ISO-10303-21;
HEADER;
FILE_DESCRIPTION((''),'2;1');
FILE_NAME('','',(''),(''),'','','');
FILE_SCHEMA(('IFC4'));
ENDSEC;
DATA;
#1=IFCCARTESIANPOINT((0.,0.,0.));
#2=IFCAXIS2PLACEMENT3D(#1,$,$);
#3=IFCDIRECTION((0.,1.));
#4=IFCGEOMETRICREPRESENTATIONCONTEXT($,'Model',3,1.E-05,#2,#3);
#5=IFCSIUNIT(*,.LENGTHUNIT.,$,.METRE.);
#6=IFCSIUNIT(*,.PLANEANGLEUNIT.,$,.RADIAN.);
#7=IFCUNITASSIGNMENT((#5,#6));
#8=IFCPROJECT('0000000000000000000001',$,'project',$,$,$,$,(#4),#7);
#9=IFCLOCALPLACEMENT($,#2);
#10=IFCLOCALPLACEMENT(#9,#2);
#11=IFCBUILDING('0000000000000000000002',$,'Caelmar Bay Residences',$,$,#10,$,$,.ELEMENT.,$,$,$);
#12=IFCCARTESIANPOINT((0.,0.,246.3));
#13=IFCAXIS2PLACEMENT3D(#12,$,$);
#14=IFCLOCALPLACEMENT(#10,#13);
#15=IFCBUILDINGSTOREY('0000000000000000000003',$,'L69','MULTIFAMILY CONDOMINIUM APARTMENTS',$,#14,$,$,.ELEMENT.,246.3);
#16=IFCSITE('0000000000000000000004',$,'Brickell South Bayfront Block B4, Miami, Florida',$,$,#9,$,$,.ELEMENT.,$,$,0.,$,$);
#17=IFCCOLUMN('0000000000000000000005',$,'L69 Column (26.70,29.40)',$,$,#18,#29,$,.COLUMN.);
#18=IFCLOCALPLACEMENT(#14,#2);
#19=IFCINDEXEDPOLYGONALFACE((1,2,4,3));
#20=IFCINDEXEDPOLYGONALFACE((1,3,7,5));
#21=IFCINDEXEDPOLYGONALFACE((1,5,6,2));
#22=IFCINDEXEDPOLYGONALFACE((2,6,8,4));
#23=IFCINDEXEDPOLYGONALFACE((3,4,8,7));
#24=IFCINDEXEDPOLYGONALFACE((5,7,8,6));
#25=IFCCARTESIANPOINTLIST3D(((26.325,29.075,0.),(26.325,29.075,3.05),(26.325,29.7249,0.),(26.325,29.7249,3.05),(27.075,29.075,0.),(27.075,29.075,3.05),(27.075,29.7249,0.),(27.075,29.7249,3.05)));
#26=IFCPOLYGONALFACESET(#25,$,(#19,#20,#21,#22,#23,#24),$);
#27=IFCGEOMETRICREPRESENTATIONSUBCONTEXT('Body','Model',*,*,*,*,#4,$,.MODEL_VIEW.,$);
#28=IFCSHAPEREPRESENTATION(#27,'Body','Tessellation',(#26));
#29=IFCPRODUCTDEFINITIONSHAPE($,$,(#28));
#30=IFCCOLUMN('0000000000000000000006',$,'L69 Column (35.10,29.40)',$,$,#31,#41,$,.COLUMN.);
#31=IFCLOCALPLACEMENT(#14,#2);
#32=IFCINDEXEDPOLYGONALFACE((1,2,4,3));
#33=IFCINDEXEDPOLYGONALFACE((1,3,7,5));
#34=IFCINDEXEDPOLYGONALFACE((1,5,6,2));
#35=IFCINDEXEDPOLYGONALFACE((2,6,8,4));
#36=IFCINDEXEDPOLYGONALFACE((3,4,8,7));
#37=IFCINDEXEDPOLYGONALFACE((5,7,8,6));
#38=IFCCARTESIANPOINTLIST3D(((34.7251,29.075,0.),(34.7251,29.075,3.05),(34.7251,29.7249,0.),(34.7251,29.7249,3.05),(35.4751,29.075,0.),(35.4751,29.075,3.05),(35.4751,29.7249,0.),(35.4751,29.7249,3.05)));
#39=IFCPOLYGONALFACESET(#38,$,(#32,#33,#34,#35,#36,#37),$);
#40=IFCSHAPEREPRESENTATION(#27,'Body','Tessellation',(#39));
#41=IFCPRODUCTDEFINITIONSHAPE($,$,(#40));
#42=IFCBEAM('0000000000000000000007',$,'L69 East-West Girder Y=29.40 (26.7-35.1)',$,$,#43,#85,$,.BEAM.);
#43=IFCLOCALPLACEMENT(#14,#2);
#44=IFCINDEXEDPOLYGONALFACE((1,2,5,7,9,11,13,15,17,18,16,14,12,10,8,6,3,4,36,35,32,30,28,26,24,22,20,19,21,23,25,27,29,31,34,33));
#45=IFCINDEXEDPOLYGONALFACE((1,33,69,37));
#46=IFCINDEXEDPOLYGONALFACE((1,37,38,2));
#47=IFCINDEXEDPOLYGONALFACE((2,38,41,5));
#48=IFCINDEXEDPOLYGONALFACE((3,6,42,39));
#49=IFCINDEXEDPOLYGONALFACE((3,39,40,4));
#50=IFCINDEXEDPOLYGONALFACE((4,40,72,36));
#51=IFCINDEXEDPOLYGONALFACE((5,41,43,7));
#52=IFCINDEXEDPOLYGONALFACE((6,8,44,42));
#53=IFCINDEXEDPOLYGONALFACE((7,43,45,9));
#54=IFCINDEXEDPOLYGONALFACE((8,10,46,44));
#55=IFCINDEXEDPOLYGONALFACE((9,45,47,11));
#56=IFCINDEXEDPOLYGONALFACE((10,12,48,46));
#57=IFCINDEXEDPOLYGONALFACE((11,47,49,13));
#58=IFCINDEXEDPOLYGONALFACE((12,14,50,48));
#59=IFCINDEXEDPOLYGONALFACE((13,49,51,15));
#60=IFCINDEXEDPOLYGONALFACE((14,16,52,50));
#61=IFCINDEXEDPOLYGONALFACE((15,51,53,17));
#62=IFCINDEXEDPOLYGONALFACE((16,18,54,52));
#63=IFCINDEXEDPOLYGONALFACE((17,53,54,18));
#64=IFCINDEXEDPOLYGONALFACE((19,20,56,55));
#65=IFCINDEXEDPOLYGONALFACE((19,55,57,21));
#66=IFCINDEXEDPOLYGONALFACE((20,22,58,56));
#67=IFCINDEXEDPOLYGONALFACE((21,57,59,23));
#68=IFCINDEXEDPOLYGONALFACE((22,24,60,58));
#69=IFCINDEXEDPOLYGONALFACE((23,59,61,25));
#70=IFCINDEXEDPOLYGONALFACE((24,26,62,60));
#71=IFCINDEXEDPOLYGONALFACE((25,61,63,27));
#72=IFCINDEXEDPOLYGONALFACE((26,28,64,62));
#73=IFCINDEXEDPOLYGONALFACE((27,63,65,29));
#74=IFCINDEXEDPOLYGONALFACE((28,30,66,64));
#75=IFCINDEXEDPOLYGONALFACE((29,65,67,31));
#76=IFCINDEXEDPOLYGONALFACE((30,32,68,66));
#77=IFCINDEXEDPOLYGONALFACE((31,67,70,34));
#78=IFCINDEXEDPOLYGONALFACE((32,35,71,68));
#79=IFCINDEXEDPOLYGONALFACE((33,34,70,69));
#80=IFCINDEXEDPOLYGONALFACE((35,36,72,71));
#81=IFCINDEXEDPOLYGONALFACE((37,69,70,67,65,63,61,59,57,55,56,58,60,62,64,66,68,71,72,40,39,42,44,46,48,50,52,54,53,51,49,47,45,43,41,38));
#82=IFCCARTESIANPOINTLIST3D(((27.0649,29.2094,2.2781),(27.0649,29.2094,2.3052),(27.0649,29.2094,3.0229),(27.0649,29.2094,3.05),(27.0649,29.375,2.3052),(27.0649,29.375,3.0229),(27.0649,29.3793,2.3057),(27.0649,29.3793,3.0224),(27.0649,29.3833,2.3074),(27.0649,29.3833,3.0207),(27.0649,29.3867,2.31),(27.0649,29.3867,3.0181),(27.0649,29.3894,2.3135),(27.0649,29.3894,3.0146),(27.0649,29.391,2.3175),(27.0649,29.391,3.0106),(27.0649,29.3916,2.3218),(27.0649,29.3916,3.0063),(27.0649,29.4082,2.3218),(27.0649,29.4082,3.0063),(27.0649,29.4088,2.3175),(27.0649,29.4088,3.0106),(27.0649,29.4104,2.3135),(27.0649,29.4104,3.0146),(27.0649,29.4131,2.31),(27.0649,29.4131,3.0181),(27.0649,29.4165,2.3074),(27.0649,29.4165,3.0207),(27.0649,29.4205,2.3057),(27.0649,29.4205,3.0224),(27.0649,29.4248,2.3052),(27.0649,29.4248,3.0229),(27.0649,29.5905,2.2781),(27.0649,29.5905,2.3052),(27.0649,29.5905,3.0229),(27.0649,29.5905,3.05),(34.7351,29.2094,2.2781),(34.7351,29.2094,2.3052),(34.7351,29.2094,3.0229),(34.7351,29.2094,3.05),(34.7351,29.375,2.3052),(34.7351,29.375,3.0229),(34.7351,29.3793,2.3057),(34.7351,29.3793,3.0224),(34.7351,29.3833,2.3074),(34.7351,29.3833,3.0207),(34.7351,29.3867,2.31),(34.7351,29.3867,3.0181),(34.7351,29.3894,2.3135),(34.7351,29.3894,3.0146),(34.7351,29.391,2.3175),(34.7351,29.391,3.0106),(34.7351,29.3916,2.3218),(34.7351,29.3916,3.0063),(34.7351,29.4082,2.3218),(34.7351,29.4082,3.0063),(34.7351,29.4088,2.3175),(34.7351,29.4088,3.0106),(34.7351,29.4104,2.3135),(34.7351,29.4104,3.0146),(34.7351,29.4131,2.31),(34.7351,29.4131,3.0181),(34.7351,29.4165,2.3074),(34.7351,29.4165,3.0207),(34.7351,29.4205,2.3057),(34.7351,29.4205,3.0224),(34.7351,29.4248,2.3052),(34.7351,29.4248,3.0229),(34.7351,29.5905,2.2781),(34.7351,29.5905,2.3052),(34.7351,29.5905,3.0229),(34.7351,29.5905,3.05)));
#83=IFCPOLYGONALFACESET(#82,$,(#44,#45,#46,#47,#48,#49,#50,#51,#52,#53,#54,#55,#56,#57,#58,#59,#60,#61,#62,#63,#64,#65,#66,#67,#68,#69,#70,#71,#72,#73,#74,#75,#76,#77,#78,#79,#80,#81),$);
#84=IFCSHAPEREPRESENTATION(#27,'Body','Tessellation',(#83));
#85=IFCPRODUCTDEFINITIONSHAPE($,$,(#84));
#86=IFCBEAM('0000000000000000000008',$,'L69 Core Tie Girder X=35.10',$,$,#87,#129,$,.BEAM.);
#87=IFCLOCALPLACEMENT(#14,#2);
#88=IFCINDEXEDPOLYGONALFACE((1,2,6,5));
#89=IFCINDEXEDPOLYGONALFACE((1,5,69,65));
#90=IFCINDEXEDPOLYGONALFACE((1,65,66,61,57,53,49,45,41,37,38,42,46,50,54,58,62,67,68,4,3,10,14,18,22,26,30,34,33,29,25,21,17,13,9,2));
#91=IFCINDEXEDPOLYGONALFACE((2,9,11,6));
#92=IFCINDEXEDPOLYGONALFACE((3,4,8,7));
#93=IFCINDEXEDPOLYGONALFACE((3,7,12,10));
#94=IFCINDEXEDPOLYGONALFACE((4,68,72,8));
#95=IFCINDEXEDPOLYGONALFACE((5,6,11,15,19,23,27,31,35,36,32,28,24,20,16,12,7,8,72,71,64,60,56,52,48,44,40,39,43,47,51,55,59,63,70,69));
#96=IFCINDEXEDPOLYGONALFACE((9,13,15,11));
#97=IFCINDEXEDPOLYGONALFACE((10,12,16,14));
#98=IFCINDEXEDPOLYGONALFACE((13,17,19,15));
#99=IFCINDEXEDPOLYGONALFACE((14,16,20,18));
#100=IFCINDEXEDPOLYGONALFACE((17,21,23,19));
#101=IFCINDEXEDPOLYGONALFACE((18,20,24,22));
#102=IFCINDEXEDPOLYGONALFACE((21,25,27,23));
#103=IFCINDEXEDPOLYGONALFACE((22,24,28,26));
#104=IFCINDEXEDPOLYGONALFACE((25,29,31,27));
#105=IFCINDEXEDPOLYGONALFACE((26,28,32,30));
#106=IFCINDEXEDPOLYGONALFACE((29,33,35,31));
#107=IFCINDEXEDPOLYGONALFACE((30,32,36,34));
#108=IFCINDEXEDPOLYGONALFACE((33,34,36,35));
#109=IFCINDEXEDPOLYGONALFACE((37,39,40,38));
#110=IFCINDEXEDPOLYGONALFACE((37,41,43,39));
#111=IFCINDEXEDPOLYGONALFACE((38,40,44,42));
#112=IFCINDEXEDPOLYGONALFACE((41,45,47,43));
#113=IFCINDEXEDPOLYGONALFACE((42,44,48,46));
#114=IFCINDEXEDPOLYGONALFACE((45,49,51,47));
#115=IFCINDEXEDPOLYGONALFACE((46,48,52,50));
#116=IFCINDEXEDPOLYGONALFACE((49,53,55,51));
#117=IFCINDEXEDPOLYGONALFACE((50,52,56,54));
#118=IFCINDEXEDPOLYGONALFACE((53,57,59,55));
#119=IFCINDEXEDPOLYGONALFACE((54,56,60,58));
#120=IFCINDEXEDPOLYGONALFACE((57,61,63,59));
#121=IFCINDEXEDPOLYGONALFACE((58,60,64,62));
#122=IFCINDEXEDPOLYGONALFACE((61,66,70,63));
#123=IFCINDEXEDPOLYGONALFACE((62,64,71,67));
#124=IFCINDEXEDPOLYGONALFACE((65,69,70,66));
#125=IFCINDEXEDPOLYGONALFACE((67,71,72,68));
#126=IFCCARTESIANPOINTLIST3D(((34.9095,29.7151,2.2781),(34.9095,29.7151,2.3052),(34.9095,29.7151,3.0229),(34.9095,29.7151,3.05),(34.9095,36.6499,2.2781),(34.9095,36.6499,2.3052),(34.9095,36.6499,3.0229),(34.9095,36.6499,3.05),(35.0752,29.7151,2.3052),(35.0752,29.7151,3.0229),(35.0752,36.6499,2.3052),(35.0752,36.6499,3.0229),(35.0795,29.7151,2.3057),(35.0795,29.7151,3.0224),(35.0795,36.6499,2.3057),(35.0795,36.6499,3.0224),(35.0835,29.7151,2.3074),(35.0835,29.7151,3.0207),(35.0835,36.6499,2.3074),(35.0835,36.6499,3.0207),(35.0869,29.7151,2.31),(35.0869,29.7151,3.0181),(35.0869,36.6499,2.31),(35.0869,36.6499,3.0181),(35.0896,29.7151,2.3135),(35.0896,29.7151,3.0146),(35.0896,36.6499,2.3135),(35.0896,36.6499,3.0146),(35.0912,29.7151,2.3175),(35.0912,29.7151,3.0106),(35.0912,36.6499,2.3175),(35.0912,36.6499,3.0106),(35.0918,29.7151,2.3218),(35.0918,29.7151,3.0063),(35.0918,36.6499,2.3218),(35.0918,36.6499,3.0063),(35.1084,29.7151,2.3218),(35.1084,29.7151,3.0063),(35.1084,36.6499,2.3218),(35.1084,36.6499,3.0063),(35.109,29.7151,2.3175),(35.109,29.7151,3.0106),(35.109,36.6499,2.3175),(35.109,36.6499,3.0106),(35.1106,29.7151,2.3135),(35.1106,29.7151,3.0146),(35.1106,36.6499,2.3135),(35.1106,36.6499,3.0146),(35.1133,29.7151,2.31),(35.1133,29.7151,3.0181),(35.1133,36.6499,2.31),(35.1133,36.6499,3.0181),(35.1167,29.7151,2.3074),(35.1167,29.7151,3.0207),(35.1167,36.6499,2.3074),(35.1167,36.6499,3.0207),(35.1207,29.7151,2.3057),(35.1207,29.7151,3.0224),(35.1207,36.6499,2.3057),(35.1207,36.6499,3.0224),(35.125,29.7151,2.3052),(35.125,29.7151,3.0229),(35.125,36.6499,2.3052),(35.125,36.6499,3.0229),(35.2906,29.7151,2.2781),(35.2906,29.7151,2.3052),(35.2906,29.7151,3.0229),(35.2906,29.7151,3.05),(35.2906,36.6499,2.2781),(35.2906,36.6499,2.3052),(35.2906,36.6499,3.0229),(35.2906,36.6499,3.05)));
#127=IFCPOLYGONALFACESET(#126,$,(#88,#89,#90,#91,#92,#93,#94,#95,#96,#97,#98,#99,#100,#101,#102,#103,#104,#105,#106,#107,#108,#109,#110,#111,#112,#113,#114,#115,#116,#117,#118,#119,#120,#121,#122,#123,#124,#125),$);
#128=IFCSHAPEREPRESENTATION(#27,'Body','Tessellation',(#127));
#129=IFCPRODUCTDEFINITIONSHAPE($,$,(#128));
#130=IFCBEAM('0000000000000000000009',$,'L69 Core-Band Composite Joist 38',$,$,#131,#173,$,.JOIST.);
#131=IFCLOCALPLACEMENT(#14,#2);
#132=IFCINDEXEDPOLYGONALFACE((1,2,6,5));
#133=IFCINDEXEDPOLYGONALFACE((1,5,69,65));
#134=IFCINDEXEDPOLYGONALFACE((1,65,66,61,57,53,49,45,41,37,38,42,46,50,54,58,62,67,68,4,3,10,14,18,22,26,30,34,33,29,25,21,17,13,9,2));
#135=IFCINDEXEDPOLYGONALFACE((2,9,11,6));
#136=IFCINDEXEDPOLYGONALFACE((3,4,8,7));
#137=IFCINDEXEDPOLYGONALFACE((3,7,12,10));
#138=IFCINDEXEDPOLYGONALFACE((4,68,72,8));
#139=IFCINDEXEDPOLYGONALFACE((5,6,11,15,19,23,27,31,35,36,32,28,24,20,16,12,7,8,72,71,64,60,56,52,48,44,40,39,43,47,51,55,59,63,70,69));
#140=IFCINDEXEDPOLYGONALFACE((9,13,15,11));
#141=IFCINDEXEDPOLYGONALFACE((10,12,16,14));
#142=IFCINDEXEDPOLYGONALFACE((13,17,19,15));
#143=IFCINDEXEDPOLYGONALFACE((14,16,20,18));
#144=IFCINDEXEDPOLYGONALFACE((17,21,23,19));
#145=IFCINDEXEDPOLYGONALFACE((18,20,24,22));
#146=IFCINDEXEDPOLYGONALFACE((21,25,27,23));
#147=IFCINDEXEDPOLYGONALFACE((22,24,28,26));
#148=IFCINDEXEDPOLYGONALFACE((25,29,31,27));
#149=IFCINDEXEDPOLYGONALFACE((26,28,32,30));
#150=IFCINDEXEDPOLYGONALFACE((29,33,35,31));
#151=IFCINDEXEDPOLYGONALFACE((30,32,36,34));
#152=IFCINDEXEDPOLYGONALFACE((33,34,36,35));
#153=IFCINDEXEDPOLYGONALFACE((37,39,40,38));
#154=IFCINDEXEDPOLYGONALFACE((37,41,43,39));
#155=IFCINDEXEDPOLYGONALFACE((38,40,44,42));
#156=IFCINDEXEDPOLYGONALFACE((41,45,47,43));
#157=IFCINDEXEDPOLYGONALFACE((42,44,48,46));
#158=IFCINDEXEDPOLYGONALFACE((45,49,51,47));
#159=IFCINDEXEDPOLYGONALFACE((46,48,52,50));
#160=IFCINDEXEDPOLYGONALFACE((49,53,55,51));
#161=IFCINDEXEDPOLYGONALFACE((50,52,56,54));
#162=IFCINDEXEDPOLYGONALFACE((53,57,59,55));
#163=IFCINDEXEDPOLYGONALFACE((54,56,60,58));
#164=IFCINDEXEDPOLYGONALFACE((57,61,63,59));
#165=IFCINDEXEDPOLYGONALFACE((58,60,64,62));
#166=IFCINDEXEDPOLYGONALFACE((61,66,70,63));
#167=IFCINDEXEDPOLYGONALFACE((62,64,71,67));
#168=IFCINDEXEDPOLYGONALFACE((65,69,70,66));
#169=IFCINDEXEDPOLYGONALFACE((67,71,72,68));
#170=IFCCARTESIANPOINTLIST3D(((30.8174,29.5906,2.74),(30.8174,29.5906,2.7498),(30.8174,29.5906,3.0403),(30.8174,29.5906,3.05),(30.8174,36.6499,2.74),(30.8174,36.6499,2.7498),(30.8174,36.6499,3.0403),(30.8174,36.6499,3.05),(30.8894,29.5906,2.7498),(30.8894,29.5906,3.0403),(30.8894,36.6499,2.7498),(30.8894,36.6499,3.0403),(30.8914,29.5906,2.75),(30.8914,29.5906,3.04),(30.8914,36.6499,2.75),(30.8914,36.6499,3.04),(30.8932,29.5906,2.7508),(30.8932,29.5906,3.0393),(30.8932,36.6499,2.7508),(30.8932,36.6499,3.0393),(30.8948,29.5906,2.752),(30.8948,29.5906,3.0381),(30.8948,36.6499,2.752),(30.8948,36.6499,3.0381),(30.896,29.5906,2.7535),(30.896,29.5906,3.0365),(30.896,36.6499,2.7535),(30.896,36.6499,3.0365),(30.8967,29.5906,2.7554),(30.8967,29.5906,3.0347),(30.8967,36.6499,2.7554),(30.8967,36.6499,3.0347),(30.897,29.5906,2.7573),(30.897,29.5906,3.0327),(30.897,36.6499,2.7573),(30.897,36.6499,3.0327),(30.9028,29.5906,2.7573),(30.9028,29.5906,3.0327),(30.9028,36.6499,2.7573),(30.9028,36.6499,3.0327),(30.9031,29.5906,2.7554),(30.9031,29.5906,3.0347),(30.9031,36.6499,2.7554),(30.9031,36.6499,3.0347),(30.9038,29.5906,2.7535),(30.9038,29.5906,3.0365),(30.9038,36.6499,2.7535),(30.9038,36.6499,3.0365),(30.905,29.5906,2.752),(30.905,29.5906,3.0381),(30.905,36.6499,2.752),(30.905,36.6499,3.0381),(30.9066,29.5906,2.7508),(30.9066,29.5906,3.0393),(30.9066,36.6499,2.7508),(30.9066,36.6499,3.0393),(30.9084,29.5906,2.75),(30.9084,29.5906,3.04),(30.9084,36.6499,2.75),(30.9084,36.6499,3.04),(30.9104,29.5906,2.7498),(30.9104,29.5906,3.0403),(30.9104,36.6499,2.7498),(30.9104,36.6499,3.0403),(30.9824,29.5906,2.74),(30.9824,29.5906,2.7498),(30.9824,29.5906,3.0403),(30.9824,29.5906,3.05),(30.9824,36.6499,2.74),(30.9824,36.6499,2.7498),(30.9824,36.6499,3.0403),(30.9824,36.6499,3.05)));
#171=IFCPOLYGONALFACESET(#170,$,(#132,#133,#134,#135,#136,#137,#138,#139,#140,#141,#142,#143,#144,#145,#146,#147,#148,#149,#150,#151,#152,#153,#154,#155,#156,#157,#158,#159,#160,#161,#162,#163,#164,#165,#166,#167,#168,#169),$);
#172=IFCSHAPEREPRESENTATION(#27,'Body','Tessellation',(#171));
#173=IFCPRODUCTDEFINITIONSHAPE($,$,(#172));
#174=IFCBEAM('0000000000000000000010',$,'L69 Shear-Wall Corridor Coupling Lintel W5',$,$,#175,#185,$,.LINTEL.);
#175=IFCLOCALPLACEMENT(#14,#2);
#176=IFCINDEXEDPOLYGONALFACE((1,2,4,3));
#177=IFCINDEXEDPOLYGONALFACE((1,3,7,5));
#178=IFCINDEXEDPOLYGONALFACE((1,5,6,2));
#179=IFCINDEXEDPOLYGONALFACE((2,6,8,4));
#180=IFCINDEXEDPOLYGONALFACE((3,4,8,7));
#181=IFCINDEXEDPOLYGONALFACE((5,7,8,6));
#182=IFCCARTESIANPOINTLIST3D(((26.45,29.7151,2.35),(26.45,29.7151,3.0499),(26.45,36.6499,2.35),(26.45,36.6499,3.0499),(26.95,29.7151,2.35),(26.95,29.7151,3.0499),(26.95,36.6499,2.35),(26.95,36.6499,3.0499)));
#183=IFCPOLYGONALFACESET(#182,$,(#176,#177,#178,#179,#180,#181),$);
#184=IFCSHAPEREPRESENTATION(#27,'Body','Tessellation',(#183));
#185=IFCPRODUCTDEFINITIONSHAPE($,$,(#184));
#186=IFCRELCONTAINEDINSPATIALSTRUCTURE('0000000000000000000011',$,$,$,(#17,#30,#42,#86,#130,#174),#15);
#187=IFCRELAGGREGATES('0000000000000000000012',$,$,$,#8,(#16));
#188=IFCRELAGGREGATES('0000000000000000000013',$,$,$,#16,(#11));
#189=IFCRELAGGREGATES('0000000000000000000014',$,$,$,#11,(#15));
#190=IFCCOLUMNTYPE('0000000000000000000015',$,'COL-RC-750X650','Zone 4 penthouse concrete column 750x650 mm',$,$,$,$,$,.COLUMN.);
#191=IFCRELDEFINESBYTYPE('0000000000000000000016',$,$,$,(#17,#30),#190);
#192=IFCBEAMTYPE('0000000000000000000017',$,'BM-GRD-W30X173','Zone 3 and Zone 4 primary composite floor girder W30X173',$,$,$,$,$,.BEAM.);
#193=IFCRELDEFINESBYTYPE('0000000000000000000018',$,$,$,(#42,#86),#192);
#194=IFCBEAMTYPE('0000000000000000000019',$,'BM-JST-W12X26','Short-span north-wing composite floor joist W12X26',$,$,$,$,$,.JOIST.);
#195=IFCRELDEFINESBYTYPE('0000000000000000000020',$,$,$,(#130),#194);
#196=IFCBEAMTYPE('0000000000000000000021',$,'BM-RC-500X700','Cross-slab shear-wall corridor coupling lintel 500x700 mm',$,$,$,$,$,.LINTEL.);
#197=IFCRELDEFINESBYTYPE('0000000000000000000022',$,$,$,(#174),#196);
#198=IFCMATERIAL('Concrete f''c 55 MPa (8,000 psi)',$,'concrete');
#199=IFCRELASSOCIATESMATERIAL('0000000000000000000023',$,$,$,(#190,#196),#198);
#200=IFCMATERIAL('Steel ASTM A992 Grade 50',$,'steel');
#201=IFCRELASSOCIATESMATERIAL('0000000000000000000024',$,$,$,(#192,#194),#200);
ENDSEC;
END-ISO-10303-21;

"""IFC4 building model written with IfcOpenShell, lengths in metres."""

from ifc_helpers import new_model, si_unit, direction, frame, origin, origin_2d, place, context, subcontext, project, spatial, rectangle, i_section, extrude, material, material_profile, profile_set, type_object, element, save


model = new_model("IFC4")

# Units and contexts
model_context = context("Model", 3, precision=1e-05, world=origin(), true_north=direction((0.0, 1.0)))
body_context = subcontext(model_context, "Body", "Model", "MODEL_VIEW")
ifc_project = project(units=[si_unit("LENGTHUNIT", "METRE"), si_unit("PLANEANGLEUNIT", "RADIAN")], contexts=[model_context])

# Site, building, storey
site_placement = place(None, origin())
site = spatial("IfcSite", under=ifc_project, at=site_placement, Name="Brickell South Bayfront Block B4, Miami, Florida", CompositionType="ELEMENT", RefElevation=0.0)
building_placement = place(site_placement, origin())
building = spatial("IfcBuilding", under=site, at=building_placement, Name="Caelmar Bay Residences", CompositionType="ELEMENT")
storey_placement = place(building_placement, frame((0.0, 0.0, 246.3)))
storey = spatial("IfcBuildingStorey", under=building, at=storey_placement, Name="L69", Description="MULTIFAMILY CONDOMINIUM APARTMENTS", CompositionType="ELEMENT", Elevation=246.3)

# Columns
ifc_material_1 = material(Name="Concrete f'c 55 MPa (8,000 psi)", Category="concrete")
ifc_material_profile_1 = material_profile(ifc_material_1, rectangle(XDim=0.75, YDim=0.6499, at=origin_2d()), Name="RC-COL-750X650")
ifc_profile_set_1 = profile_set([ifc_material_profile_1], Name="Concrete f'c 55 MPa (8,000 psi)")
column_type = type_object("IfcColumnType", Name="COL-RC-750X650", Description="Zone 4 penthouse concrete column 750x650 mm", PredefinedType="COLUMN", material=ifc_profile_set_1)
for number, where, z_axis, x_axis, name in (
    (1, (26.7, 29.3999, 0.0), (0.0, 0.0, 1.0), (1.0, 0.0, 0.0), "L69 Column (26.70,29.40)"),
    (2, (35.1001, 29.3999, 0.0), (0.0, 0.0, 1.0), (1.0, 0.0, 0.0), "L69 Column (35.10,29.40)"),
):
    element("IfcColumn", number, at=place(storey_placement, frame(where, z_axis=z_axis, x_axis=x_axis)), inside=storey, type_object=column_type, Name=name, PredefinedType="COLUMN", context=body_context, shape_type="SweptSolid", body=[
        extrude(rectangle(XDim=0.75, YDim=0.6499, at=origin_2d()), origin(), (0.0, 0.0, 1.0), 3.05),
    ])

# Beams
ifc_material_2 = material(Name="Steel ASTM A992 Grade 50", Category="steel")
ifc_material_profile_2 = material_profile(ifc_material_2, i_section(OverallWidth=0.3811, OverallDepth=0.772, WebThickness=0.0166, FlangeThickness=0.0271, FilletRadius=0.0166, at=origin_2d()), Name="W30X173")
ifc_profile_set_2 = profile_set([ifc_material_profile_2], Name="Steel ASTM A992 Grade 50")
beam_type_1 = type_object("IfcBeamType", Name="BM-GRD-W30X173", Description="Zone 3 and Zone 4 primary composite floor girder W30X173", PredefinedType="BEAM", material=ifc_profile_set_2)
beam_1_placement = place(storey_placement, frame((27.0649, 29.3999, 2.6641), z_axis=(1.0, 0.0, 0.0), x_axis=(0.0, 1.0, 0.0)))
element("IfcBeam", 3, at=beam_1_placement, inside=storey, type_object=beam_type_1, Name="L69 East-West Girder Y=29.40 (26.7-35.1)", PredefinedType="BEAM", context=body_context, shape_type="SweptSolid", body=[
    extrude(i_section(OverallWidth=0.3811, OverallDepth=0.772, WebThickness=0.0166, FlangeThickness=0.0271, FilletRadius=0.0166, at=origin_2d()), origin(), (0.0, 0.0, 1.0), 7.6702),
])
beam_2_placement = place(storey_placement, frame((35.1001, 29.7151, 2.6641), z_axis=(0.0, 1.0, 0.0), x_axis=(-1.0, 0.0, 0.0)))
element("IfcBeam", 4, at=beam_2_placement, inside=storey, type_object=beam_type_1, Name="L69 Core Tie Girder X=35.10", PredefinedType="BEAM", context=body_context, shape_type="SweptSolid", body=[
    extrude(i_section(OverallWidth=0.3811, OverallDepth=0.772, WebThickness=0.0166, FlangeThickness=0.0271, FilletRadius=0.0166, at=origin_2d()), origin(), (0.0, 0.0, 1.0), 6.9348),
])
ifc_material_profile_3 = material_profile(ifc_material_2, i_section(OverallWidth=0.165, OverallDepth=0.3101, WebThickness=0.0059, FlangeThickness=0.0098, FilletRadius=0.0076, at=origin_2d()), Name="W12X26")
ifc_profile_set_3 = profile_set([ifc_material_profile_3], Name="Steel ASTM A992 Grade 50")
beam_type_2 = type_object("IfcBeamType", Name="BM-JST-W12X26", Description="Short-span north-wing composite floor joist W12X26", PredefinedType="JOIST", material=ifc_profile_set_3)
beam_3_placement = place(storey_placement, frame((30.8999, 29.5906, 2.895), z_axis=(0.0, 1.0, 0.0), x_axis=(-1.0, 0.0, 0.0)))
element("IfcBeam", 5, at=beam_3_placement, inside=storey, type_object=beam_type_2, Name="L69 Core-Band Composite Joist 38", PredefinedType="JOIST", context=body_context, shape_type="SweptSolid", body=[
    extrude(i_section(OverallWidth=0.165, OverallDepth=0.3101, WebThickness=0.0059, FlangeThickness=0.0098, FilletRadius=0.0076, at=origin_2d()), origin(), (0.0, 0.0, 1.0), 7.0593),
])
ifc_material_profile_4 = material_profile(ifc_material_1, rectangle(XDim=0.5, YDim=0.7, at=origin_2d()), Name="RC-BM-500X700")
ifc_profile_set_4 = profile_set([ifc_material_profile_4], Name="Concrete f'c 55 MPa (8,000 psi)")
beam_type_3 = type_object("IfcBeamType", Name="BM-RC-500X700", Description="Cross-slab shear-wall corridor coupling lintel 500x700 mm", PredefinedType="LINTEL", material=ifc_profile_set_4)
beam_4_placement = place(storey_placement, frame((26.7, 29.7151, 2.7), z_axis=(0.0, 1.0, 0.0), x_axis=(-1.0, 0.0, 0.0)))
element("IfcBeam", 6, at=beam_4_placement, inside=storey, type_object=beam_type_3, Name="L69 Shear-Wall Corridor Coupling Lintel W5", PredefinedType="LINTEL", context=body_context, shape_type="SweptSolid", body=[
    extrude(rectangle(XDim=0.5, YDim=0.7, at=origin_2d()), origin(), (0.0, 0.0, 1.0), 6.9348),
])

save(model, "model.ifc")
